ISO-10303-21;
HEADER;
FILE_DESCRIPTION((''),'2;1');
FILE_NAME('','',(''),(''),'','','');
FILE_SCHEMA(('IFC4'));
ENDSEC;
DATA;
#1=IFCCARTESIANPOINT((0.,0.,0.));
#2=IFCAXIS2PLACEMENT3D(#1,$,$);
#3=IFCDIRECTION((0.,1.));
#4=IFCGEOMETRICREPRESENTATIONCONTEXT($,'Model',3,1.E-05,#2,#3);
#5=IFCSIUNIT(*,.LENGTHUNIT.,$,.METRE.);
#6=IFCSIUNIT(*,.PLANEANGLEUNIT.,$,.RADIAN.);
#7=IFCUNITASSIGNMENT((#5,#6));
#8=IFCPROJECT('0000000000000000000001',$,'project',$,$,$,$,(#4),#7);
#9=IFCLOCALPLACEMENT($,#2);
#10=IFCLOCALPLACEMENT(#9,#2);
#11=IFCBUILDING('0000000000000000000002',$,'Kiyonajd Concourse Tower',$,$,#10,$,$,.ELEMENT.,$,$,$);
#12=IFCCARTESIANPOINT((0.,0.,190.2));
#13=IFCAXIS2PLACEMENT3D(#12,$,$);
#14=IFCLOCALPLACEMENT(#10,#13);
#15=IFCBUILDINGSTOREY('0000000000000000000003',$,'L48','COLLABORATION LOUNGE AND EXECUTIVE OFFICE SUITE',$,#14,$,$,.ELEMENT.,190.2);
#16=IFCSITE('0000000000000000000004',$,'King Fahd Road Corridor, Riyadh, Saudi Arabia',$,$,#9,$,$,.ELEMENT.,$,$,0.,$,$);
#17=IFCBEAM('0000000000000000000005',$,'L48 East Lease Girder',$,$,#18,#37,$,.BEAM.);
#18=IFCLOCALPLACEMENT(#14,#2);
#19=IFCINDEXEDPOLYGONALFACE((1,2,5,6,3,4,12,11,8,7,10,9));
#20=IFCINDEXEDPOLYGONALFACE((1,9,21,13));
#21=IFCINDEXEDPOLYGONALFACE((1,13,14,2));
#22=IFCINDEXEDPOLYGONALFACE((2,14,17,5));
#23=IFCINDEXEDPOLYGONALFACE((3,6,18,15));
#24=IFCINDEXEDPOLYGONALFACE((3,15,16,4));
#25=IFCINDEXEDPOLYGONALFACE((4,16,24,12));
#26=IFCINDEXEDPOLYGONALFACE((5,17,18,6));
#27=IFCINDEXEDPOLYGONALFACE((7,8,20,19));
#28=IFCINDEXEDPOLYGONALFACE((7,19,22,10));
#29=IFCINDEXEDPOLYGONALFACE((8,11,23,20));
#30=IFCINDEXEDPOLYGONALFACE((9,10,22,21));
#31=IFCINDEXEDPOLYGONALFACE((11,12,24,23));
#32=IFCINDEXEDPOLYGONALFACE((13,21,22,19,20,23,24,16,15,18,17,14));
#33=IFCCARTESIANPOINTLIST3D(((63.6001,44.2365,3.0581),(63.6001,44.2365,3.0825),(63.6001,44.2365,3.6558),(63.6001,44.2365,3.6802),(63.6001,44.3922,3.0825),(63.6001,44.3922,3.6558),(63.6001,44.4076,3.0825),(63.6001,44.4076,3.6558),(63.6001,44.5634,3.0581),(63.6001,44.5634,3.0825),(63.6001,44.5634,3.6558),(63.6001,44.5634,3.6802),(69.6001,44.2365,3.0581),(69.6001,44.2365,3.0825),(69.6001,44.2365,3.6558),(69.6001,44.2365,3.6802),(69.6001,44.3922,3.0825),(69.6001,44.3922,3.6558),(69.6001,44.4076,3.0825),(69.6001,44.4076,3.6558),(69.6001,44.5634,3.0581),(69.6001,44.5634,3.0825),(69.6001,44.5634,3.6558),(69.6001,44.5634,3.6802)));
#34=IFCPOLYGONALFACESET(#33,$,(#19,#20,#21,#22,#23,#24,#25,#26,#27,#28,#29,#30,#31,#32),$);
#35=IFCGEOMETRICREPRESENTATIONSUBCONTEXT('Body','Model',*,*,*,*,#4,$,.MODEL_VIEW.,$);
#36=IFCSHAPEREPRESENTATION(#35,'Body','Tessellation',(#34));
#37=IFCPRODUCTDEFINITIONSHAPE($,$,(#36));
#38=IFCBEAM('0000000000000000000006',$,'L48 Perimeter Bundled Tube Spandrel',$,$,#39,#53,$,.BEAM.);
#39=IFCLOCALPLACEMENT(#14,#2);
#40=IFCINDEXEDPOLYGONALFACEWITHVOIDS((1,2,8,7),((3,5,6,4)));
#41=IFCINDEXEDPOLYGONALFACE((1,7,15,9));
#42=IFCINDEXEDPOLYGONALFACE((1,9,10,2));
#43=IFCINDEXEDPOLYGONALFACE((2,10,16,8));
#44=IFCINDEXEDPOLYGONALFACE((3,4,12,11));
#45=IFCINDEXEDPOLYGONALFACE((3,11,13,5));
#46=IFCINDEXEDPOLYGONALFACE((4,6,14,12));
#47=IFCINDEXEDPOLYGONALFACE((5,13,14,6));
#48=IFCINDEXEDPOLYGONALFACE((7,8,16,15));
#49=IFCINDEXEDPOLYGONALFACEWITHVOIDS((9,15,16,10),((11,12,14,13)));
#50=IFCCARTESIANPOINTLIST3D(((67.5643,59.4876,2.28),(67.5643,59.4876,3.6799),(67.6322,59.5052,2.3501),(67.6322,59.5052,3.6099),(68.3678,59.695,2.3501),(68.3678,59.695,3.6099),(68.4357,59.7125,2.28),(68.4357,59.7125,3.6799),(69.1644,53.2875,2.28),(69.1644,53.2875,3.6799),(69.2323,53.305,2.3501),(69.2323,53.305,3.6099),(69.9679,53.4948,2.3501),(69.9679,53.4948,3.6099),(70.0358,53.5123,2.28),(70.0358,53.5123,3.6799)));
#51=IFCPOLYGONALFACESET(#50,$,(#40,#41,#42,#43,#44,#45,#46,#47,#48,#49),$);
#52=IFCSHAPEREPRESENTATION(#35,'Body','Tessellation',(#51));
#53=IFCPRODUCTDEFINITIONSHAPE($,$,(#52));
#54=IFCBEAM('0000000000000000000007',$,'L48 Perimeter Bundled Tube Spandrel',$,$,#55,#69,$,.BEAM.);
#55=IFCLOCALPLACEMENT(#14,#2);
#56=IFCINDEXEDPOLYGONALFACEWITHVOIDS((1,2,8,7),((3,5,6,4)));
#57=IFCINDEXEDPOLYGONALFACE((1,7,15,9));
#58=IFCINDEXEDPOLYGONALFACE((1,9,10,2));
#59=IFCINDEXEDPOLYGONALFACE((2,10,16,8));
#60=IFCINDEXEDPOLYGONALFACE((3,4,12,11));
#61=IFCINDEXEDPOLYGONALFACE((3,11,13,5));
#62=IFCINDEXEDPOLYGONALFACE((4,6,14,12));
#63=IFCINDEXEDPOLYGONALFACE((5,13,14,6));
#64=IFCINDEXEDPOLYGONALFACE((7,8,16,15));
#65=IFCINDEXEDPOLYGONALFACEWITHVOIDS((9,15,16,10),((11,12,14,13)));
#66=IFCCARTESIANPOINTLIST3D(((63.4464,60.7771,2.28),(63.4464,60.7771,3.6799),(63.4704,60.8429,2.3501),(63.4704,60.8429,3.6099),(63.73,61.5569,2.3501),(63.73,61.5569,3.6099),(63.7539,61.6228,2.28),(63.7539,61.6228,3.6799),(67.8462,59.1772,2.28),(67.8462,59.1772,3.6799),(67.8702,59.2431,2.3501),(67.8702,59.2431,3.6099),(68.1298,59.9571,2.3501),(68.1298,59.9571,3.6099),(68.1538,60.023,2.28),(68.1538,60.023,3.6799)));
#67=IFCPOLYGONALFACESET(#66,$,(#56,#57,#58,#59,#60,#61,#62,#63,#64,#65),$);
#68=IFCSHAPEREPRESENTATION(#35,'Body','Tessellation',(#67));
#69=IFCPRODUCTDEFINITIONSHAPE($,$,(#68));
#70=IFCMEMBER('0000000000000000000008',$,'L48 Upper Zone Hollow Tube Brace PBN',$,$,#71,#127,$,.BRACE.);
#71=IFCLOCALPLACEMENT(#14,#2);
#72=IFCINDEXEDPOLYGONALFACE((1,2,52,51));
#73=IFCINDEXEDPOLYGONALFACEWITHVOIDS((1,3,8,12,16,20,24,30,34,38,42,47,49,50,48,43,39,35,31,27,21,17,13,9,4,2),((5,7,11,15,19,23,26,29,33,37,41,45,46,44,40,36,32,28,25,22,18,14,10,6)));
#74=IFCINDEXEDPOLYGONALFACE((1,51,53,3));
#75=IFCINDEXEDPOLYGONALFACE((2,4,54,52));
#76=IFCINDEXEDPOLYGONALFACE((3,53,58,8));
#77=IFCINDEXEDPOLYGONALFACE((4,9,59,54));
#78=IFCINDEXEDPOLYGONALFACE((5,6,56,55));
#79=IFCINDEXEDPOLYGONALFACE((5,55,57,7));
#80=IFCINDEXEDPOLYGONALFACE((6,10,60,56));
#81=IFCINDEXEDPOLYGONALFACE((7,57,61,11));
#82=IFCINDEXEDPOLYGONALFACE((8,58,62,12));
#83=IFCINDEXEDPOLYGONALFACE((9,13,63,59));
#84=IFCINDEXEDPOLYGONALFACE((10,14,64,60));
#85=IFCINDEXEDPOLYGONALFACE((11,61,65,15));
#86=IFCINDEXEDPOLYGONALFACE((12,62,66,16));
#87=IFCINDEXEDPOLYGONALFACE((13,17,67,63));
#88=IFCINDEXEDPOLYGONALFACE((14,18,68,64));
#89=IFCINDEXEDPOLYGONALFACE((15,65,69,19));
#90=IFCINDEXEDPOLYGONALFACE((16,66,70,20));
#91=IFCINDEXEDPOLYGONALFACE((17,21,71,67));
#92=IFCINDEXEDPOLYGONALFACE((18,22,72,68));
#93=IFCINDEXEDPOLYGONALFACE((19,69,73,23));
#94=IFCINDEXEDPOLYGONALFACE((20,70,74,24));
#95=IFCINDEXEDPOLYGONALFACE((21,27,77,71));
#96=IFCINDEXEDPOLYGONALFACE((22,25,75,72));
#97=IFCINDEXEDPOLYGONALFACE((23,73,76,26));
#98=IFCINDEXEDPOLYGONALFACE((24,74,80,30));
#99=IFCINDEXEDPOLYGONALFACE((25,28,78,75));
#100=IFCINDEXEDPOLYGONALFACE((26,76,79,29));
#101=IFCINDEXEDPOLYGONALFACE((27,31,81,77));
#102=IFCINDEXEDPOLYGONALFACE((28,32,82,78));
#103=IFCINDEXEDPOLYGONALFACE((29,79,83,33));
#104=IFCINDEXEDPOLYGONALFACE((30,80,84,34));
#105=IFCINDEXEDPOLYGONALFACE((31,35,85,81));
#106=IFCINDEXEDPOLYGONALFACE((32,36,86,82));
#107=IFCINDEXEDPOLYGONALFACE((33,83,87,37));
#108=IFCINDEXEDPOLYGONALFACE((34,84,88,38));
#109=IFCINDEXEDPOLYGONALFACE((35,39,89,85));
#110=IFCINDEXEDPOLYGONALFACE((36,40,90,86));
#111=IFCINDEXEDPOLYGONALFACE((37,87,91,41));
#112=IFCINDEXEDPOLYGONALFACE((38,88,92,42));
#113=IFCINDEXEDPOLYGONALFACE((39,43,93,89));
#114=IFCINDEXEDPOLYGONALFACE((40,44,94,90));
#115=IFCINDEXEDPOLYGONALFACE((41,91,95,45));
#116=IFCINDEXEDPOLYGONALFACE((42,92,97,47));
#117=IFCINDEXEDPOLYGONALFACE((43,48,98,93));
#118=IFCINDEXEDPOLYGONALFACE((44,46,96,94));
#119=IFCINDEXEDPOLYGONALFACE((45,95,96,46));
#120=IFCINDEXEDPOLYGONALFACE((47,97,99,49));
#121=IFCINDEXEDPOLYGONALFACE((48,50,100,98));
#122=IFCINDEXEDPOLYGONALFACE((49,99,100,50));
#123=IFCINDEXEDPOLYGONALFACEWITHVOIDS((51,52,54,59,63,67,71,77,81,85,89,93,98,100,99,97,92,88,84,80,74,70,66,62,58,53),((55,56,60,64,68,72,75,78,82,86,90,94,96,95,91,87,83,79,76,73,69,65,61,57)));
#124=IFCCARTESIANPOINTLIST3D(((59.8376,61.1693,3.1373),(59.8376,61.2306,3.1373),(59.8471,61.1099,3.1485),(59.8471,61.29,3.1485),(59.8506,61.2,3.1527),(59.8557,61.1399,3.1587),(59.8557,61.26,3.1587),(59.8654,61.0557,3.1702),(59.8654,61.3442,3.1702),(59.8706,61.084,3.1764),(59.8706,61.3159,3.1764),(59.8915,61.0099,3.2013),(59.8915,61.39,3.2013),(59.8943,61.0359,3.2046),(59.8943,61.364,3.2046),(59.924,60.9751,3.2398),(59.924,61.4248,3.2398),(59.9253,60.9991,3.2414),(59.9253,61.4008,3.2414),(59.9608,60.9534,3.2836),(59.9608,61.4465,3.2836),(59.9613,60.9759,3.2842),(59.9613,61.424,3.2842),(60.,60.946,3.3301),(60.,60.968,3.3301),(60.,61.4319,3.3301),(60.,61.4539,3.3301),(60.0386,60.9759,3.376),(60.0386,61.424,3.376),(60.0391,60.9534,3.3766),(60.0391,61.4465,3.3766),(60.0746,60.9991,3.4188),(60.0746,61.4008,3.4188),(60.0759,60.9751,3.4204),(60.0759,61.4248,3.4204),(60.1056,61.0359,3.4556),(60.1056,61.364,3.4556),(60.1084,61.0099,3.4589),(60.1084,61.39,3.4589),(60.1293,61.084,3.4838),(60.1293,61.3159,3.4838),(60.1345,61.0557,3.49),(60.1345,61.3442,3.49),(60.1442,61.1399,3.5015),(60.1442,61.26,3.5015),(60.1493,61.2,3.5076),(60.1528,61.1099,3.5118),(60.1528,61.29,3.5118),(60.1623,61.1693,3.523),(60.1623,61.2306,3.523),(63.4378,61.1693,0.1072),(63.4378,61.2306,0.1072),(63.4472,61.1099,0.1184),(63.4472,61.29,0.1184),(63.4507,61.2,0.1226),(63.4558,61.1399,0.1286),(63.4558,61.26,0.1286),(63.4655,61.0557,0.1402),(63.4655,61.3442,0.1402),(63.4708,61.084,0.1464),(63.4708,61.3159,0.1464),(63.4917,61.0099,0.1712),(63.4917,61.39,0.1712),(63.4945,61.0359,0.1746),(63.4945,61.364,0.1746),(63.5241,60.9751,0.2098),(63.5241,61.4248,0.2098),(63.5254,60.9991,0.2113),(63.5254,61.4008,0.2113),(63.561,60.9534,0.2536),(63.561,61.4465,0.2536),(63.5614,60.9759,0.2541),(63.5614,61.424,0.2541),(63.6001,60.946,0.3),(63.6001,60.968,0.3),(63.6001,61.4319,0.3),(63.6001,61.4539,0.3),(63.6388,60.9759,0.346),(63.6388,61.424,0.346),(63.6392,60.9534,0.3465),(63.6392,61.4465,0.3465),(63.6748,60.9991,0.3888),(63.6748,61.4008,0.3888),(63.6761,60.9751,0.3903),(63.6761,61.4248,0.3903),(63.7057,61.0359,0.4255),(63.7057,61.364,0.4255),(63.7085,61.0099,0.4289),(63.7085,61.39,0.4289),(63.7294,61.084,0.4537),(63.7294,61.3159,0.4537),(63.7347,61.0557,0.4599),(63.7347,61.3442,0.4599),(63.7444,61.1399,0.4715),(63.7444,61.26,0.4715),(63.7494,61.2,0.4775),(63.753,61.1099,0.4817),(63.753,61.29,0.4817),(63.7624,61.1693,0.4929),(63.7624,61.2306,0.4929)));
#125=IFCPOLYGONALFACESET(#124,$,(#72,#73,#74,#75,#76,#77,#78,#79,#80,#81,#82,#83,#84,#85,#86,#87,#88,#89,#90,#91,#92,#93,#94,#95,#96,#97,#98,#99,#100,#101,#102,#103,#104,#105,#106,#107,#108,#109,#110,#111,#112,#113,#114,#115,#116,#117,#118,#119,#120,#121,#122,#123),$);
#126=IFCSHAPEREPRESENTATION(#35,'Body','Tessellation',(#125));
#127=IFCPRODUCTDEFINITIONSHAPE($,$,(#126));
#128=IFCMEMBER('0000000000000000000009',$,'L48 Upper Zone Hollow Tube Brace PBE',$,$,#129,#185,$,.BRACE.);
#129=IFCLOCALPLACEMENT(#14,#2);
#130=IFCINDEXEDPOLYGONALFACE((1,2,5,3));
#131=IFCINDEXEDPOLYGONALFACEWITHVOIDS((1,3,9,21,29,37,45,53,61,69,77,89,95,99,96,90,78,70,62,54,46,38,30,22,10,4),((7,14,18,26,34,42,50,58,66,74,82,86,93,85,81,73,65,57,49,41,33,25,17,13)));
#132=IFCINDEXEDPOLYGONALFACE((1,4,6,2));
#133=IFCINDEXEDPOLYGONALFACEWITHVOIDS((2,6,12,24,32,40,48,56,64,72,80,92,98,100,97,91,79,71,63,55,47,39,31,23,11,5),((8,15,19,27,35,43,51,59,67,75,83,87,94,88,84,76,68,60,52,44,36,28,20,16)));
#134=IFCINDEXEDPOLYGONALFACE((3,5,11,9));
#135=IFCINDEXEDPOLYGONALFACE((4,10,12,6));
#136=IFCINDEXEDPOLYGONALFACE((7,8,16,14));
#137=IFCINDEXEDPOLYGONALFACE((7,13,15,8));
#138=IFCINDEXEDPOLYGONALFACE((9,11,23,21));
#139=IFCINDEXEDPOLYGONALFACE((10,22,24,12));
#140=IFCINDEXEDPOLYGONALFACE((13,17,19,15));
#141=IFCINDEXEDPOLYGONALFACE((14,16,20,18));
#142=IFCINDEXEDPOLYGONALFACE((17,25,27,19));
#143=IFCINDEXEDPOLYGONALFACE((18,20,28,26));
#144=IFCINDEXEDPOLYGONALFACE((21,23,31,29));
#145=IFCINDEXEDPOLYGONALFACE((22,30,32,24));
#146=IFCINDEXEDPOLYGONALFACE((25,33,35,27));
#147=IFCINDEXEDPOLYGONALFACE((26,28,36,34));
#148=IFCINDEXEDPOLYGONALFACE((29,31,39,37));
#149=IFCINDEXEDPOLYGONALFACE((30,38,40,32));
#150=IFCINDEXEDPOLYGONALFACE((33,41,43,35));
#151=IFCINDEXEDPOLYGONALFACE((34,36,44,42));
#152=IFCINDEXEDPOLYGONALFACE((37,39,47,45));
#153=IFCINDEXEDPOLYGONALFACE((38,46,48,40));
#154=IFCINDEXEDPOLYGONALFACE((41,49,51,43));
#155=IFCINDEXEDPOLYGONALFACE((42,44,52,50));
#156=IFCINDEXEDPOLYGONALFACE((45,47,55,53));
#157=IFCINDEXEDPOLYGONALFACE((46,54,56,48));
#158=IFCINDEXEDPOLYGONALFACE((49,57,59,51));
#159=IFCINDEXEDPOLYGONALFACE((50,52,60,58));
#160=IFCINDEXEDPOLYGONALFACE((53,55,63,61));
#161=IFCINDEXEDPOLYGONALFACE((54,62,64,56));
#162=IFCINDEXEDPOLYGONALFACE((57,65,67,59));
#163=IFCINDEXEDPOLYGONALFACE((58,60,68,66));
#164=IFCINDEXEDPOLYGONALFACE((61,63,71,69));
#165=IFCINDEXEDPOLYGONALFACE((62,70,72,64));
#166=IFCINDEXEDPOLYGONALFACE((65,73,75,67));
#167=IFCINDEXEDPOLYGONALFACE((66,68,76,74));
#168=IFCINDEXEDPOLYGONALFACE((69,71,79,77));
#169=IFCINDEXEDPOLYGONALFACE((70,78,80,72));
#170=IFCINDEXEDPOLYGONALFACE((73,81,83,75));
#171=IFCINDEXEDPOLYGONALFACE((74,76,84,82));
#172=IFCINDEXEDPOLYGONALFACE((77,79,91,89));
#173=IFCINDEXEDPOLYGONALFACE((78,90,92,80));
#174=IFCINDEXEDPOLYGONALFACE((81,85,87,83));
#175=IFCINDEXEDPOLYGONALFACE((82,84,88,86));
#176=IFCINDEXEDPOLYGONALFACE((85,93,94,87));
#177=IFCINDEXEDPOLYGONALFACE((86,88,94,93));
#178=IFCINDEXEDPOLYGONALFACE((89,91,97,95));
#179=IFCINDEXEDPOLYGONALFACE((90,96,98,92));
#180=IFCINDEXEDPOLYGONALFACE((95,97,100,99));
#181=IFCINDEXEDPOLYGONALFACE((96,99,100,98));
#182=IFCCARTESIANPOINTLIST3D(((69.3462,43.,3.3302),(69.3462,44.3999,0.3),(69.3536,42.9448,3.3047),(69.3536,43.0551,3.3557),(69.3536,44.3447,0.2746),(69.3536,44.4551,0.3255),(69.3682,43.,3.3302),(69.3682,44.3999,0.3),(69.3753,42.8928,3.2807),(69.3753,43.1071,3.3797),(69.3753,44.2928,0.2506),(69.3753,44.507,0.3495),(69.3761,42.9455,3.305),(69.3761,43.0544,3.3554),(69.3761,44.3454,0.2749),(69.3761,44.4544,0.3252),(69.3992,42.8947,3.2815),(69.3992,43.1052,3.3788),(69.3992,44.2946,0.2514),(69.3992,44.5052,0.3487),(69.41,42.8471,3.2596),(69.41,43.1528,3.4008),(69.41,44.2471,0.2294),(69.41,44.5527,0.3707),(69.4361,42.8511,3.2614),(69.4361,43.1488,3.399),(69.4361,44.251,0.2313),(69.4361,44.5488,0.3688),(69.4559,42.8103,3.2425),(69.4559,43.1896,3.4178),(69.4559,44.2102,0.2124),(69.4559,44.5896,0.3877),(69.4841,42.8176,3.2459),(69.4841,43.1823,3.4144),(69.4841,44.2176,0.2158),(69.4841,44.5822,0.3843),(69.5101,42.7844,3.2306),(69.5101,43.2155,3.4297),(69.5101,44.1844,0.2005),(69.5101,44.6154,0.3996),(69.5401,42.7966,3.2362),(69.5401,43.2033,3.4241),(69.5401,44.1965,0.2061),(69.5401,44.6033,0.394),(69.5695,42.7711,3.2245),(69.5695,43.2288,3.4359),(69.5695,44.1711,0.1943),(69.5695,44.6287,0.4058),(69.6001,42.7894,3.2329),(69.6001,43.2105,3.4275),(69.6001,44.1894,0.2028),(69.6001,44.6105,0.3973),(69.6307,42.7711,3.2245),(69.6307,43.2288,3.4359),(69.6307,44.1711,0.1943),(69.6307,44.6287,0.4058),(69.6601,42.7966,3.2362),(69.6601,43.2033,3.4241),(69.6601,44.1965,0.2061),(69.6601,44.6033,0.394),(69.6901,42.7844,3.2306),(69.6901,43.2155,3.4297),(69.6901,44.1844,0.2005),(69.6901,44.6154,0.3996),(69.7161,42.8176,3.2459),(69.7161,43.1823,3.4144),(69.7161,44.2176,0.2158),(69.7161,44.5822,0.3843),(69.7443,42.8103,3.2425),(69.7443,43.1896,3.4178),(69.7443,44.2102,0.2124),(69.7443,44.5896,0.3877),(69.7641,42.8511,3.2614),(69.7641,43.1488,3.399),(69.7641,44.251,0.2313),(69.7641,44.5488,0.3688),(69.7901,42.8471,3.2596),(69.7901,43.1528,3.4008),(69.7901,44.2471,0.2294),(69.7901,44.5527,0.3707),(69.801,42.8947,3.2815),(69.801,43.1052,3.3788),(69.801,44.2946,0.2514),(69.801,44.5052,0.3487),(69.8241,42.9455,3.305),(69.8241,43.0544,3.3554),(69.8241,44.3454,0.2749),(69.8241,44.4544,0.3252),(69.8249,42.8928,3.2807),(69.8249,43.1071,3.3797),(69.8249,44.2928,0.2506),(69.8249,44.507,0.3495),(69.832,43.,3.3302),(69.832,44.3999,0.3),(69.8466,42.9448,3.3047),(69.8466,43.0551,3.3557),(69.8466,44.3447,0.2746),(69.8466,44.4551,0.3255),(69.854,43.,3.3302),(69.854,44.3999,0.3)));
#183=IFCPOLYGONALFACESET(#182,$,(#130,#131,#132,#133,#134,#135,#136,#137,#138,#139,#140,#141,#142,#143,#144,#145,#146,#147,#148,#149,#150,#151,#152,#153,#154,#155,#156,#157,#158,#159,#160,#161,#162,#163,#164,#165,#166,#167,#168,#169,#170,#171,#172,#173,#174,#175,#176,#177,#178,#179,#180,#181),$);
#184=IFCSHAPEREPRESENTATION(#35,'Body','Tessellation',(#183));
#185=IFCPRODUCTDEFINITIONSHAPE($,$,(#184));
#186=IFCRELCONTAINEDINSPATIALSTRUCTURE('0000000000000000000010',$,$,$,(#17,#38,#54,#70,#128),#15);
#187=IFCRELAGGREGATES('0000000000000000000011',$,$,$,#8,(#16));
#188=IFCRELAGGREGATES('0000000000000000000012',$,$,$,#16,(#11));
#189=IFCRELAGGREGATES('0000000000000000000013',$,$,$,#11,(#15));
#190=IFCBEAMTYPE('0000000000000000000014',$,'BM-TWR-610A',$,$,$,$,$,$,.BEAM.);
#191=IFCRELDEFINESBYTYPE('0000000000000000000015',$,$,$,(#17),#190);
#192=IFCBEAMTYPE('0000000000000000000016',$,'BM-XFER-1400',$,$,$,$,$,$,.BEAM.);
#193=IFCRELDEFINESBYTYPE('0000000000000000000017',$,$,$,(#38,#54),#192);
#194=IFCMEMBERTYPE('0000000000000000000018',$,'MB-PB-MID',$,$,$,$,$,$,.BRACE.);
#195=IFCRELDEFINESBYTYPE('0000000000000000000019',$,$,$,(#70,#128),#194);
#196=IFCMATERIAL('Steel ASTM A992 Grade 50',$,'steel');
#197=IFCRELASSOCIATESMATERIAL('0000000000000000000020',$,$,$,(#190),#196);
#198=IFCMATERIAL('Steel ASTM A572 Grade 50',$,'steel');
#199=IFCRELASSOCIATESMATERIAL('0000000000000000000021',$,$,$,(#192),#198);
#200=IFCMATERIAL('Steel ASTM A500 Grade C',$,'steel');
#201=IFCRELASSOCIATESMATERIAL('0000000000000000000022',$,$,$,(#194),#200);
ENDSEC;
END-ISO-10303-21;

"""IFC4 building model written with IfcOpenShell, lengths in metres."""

from ifc_helpers import new_model, si_unit, direction, frame, origin, origin_2d, place, context, subcontext, project, spatial, hollow_rectangle, hollow_circle, i_section, extrude, material, material_profile, profile_set, type_object, element, save


model = new_model("IFC4")

# Units and contexts
model_context = context("Model", 3, precision=1e-05, world=origin(), true_north=direction((0.0, 1.0)))
body_context = subcontext(model_context, "Body", "Model", "MODEL_VIEW")
ifc_project = project(units=[si_unit("LENGTHUNIT", "METRE"), si_unit("PLANEANGLEUNIT", "RADIAN")], contexts=[model_context])

# Site, building, storey
site_placement = place(None, origin())
site = spatial("IfcSite", under=ifc_project, at=site_placement, Name="King Fahd Road Corridor, Riyadh, Saudi Arabia", CompositionType="ELEMENT", RefElevation=0.0)
building_placement = place(site_placement, origin())
building = spatial("IfcBuilding", under=site, at=building_placement, Name="Kiyonajd Concourse Tower", CompositionType="ELEMENT")
storey_placement = place(building_placement, frame((0.0, 0.0, 190.2)))
storey = spatial("IfcBuildingStorey", under=building, at=storey_placement, Name="L48", Description="COLLABORATION LOUNGE AND EXECUTIVE OFFICE SUITE", CompositionType="ELEMENT", Elevation=190.2)

# Beams
ifc_material_1 = material(Name="Steel ASTM A992 Grade 50", Category="steel")
ifc_material_profile_1 = material_profile(ifc_material_1, i_section(OverallWidth=0.3269, OverallDepth=0.6221, WebThickness=0.0154, FlangeThickness=0.0244, at=origin_2d()), Name="W610X195")
ifc_profile_set_1 = profile_set([ifc_material_profile_1], Name="Steel ASTM A992 Grade 50")
beam_type_1 = type_object("IfcBeamType", Name="BM-TWR-610A", PredefinedType="BEAM", material=ifc_profile_set_1)
beam_1_placement = place(storey_placement, frame((63.6001, 44.3999, 3.3691), z_axis=(1.0, 0.0, 0.0), x_axis=(0.0, 1.0, 0.0)))
element("IfcBeam", 1, at=beam_1_placement, inside=storey, type_object=beam_type_1, Name="L48 East Lease Girder", PredefinedType="BEAM", context=body_context, shape_type="SweptSolid", body=[
    extrude(i_section(OverallWidth=0.3269, OverallDepth=0.6221, WebThickness=0.0154, FlangeThickness=0.0244, at=origin_2d()), origin(), (0.0, 0.0, 1.0), 6.0),
])
ifc_material_2 = material(Name="Steel ASTM A572 Grade 50", Category="steel")
ifc_material_profile_2 = material_profile(ifc_material_2, hollow_rectangle(XDim=0.8999, YDim=1.3999, WallThickness=0.0701, at=origin_2d()), Name="BOX-1400x900x70")
ifc_profile_set_2 = profile_set([ifc_material_profile_2], Name="Steel ASTM A572 Grade 50")
beam_type_2 = type_object("IfcBeamType", Name="BM-XFER-1400", PredefinedType="BEAM", material=ifc_profile_set_2)
beam_2_placement = place(storey_placement, frame((69.6001, 53.3999, 2.98), z_axis=(-0.249885, 0.968276, 0.0), x_axis=(-0.968276, -0.249885, 0.0)))
element("IfcBeam", 2, at=beam_2_placement, inside=storey, type_object=beam_type_2, Name="L48 Perimeter Bundled Tube Spandrel", PredefinedType="BEAM", context=body_context, shape_type="SweptSolid", body=[
    extrude(hollow_rectangle(XDim=0.8999, YDim=1.3999, WallThickness=0.0701, at=origin_2d()), origin(), (0.0, 0.0, 1.0), 6.4033),
])
beam_3_placement = place(storey_placement, frame((68.0, 59.6001, 2.98), z_axis=(-0.939801, 0.341722, 0.0), x_axis=(-0.341722, -0.939801, 0.0)))
element("IfcBeam", 3, at=beam_3_placement, inside=storey, type_object=beam_type_2, Name="L48 Perimeter Bundled Tube Spandrel", PredefinedType="BEAM", context=body_context, shape_type="SweptSolid", body=[
    extrude(hollow_rectangle(XDim=0.8999, YDim=1.3999, WallThickness=0.0701, at=origin_2d()), origin(), (0.0, 0.0, 1.0), 4.6816),
])

# Members
ifc_material_3 = material(Name="Steel ASTM A500 Grade C", Category="steel")
ifc_material_profile_3 = material_profile(ifc_material_3, hollow_circle(Radius=0.2539, WallThickness=0.022, at=origin_2d()), Name="CHS-508x22")
ifc_profile_set_3 = profile_set([ifc_material_profile_3], Name="Steel ASTM A500 Grade C")
member_type = type_object("IfcMemberType", Name="MB-PB-MID", PredefinedType="BRACE", material=ifc_profile_set_3)
member_1_placement = place(storey_placement, frame((63.6001, 61.2, 0.3), z_axis=(-0.765082, 0.0, 0.643933), x_axis=(0.0, -1.0, 0.0)))
element("IfcMember", 4, at=member_1_placement, inside=storey, type_object=member_type, Name="L48 Upper Zone Hollow Tube Brace PBN", PredefinedType="BRACE", context=body_context, shape_type="SweptSolid", body=[
    extrude(hollow_circle(Radius=0.2539, WallThickness=0.022, at=origin_2d()), origin(), (0.0, 0.0, 1.0), 4.7056),
])
member_2_placement = place(storey_placement, frame((69.6001, 44.3999, 0.3), z_axis=(0.0, -0.419411, 0.907797), x_axis=(1.0, 0.0, 0.0)))
element("IfcMember", 5, at=member_2_placement, inside=storey, type_object=member_type, Name="L48 Upper Zone Hollow Tube Brace PBE", PredefinedType="BRACE", context=body_context, shape_type="SweptSolid", body=[
    extrude(hollow_circle(Radius=0.2539, WallThickness=0.022, at=origin_2d()), origin(), (0.0, 0.0, 1.0), 3.3379),
])

save(model, "model.ifc")
